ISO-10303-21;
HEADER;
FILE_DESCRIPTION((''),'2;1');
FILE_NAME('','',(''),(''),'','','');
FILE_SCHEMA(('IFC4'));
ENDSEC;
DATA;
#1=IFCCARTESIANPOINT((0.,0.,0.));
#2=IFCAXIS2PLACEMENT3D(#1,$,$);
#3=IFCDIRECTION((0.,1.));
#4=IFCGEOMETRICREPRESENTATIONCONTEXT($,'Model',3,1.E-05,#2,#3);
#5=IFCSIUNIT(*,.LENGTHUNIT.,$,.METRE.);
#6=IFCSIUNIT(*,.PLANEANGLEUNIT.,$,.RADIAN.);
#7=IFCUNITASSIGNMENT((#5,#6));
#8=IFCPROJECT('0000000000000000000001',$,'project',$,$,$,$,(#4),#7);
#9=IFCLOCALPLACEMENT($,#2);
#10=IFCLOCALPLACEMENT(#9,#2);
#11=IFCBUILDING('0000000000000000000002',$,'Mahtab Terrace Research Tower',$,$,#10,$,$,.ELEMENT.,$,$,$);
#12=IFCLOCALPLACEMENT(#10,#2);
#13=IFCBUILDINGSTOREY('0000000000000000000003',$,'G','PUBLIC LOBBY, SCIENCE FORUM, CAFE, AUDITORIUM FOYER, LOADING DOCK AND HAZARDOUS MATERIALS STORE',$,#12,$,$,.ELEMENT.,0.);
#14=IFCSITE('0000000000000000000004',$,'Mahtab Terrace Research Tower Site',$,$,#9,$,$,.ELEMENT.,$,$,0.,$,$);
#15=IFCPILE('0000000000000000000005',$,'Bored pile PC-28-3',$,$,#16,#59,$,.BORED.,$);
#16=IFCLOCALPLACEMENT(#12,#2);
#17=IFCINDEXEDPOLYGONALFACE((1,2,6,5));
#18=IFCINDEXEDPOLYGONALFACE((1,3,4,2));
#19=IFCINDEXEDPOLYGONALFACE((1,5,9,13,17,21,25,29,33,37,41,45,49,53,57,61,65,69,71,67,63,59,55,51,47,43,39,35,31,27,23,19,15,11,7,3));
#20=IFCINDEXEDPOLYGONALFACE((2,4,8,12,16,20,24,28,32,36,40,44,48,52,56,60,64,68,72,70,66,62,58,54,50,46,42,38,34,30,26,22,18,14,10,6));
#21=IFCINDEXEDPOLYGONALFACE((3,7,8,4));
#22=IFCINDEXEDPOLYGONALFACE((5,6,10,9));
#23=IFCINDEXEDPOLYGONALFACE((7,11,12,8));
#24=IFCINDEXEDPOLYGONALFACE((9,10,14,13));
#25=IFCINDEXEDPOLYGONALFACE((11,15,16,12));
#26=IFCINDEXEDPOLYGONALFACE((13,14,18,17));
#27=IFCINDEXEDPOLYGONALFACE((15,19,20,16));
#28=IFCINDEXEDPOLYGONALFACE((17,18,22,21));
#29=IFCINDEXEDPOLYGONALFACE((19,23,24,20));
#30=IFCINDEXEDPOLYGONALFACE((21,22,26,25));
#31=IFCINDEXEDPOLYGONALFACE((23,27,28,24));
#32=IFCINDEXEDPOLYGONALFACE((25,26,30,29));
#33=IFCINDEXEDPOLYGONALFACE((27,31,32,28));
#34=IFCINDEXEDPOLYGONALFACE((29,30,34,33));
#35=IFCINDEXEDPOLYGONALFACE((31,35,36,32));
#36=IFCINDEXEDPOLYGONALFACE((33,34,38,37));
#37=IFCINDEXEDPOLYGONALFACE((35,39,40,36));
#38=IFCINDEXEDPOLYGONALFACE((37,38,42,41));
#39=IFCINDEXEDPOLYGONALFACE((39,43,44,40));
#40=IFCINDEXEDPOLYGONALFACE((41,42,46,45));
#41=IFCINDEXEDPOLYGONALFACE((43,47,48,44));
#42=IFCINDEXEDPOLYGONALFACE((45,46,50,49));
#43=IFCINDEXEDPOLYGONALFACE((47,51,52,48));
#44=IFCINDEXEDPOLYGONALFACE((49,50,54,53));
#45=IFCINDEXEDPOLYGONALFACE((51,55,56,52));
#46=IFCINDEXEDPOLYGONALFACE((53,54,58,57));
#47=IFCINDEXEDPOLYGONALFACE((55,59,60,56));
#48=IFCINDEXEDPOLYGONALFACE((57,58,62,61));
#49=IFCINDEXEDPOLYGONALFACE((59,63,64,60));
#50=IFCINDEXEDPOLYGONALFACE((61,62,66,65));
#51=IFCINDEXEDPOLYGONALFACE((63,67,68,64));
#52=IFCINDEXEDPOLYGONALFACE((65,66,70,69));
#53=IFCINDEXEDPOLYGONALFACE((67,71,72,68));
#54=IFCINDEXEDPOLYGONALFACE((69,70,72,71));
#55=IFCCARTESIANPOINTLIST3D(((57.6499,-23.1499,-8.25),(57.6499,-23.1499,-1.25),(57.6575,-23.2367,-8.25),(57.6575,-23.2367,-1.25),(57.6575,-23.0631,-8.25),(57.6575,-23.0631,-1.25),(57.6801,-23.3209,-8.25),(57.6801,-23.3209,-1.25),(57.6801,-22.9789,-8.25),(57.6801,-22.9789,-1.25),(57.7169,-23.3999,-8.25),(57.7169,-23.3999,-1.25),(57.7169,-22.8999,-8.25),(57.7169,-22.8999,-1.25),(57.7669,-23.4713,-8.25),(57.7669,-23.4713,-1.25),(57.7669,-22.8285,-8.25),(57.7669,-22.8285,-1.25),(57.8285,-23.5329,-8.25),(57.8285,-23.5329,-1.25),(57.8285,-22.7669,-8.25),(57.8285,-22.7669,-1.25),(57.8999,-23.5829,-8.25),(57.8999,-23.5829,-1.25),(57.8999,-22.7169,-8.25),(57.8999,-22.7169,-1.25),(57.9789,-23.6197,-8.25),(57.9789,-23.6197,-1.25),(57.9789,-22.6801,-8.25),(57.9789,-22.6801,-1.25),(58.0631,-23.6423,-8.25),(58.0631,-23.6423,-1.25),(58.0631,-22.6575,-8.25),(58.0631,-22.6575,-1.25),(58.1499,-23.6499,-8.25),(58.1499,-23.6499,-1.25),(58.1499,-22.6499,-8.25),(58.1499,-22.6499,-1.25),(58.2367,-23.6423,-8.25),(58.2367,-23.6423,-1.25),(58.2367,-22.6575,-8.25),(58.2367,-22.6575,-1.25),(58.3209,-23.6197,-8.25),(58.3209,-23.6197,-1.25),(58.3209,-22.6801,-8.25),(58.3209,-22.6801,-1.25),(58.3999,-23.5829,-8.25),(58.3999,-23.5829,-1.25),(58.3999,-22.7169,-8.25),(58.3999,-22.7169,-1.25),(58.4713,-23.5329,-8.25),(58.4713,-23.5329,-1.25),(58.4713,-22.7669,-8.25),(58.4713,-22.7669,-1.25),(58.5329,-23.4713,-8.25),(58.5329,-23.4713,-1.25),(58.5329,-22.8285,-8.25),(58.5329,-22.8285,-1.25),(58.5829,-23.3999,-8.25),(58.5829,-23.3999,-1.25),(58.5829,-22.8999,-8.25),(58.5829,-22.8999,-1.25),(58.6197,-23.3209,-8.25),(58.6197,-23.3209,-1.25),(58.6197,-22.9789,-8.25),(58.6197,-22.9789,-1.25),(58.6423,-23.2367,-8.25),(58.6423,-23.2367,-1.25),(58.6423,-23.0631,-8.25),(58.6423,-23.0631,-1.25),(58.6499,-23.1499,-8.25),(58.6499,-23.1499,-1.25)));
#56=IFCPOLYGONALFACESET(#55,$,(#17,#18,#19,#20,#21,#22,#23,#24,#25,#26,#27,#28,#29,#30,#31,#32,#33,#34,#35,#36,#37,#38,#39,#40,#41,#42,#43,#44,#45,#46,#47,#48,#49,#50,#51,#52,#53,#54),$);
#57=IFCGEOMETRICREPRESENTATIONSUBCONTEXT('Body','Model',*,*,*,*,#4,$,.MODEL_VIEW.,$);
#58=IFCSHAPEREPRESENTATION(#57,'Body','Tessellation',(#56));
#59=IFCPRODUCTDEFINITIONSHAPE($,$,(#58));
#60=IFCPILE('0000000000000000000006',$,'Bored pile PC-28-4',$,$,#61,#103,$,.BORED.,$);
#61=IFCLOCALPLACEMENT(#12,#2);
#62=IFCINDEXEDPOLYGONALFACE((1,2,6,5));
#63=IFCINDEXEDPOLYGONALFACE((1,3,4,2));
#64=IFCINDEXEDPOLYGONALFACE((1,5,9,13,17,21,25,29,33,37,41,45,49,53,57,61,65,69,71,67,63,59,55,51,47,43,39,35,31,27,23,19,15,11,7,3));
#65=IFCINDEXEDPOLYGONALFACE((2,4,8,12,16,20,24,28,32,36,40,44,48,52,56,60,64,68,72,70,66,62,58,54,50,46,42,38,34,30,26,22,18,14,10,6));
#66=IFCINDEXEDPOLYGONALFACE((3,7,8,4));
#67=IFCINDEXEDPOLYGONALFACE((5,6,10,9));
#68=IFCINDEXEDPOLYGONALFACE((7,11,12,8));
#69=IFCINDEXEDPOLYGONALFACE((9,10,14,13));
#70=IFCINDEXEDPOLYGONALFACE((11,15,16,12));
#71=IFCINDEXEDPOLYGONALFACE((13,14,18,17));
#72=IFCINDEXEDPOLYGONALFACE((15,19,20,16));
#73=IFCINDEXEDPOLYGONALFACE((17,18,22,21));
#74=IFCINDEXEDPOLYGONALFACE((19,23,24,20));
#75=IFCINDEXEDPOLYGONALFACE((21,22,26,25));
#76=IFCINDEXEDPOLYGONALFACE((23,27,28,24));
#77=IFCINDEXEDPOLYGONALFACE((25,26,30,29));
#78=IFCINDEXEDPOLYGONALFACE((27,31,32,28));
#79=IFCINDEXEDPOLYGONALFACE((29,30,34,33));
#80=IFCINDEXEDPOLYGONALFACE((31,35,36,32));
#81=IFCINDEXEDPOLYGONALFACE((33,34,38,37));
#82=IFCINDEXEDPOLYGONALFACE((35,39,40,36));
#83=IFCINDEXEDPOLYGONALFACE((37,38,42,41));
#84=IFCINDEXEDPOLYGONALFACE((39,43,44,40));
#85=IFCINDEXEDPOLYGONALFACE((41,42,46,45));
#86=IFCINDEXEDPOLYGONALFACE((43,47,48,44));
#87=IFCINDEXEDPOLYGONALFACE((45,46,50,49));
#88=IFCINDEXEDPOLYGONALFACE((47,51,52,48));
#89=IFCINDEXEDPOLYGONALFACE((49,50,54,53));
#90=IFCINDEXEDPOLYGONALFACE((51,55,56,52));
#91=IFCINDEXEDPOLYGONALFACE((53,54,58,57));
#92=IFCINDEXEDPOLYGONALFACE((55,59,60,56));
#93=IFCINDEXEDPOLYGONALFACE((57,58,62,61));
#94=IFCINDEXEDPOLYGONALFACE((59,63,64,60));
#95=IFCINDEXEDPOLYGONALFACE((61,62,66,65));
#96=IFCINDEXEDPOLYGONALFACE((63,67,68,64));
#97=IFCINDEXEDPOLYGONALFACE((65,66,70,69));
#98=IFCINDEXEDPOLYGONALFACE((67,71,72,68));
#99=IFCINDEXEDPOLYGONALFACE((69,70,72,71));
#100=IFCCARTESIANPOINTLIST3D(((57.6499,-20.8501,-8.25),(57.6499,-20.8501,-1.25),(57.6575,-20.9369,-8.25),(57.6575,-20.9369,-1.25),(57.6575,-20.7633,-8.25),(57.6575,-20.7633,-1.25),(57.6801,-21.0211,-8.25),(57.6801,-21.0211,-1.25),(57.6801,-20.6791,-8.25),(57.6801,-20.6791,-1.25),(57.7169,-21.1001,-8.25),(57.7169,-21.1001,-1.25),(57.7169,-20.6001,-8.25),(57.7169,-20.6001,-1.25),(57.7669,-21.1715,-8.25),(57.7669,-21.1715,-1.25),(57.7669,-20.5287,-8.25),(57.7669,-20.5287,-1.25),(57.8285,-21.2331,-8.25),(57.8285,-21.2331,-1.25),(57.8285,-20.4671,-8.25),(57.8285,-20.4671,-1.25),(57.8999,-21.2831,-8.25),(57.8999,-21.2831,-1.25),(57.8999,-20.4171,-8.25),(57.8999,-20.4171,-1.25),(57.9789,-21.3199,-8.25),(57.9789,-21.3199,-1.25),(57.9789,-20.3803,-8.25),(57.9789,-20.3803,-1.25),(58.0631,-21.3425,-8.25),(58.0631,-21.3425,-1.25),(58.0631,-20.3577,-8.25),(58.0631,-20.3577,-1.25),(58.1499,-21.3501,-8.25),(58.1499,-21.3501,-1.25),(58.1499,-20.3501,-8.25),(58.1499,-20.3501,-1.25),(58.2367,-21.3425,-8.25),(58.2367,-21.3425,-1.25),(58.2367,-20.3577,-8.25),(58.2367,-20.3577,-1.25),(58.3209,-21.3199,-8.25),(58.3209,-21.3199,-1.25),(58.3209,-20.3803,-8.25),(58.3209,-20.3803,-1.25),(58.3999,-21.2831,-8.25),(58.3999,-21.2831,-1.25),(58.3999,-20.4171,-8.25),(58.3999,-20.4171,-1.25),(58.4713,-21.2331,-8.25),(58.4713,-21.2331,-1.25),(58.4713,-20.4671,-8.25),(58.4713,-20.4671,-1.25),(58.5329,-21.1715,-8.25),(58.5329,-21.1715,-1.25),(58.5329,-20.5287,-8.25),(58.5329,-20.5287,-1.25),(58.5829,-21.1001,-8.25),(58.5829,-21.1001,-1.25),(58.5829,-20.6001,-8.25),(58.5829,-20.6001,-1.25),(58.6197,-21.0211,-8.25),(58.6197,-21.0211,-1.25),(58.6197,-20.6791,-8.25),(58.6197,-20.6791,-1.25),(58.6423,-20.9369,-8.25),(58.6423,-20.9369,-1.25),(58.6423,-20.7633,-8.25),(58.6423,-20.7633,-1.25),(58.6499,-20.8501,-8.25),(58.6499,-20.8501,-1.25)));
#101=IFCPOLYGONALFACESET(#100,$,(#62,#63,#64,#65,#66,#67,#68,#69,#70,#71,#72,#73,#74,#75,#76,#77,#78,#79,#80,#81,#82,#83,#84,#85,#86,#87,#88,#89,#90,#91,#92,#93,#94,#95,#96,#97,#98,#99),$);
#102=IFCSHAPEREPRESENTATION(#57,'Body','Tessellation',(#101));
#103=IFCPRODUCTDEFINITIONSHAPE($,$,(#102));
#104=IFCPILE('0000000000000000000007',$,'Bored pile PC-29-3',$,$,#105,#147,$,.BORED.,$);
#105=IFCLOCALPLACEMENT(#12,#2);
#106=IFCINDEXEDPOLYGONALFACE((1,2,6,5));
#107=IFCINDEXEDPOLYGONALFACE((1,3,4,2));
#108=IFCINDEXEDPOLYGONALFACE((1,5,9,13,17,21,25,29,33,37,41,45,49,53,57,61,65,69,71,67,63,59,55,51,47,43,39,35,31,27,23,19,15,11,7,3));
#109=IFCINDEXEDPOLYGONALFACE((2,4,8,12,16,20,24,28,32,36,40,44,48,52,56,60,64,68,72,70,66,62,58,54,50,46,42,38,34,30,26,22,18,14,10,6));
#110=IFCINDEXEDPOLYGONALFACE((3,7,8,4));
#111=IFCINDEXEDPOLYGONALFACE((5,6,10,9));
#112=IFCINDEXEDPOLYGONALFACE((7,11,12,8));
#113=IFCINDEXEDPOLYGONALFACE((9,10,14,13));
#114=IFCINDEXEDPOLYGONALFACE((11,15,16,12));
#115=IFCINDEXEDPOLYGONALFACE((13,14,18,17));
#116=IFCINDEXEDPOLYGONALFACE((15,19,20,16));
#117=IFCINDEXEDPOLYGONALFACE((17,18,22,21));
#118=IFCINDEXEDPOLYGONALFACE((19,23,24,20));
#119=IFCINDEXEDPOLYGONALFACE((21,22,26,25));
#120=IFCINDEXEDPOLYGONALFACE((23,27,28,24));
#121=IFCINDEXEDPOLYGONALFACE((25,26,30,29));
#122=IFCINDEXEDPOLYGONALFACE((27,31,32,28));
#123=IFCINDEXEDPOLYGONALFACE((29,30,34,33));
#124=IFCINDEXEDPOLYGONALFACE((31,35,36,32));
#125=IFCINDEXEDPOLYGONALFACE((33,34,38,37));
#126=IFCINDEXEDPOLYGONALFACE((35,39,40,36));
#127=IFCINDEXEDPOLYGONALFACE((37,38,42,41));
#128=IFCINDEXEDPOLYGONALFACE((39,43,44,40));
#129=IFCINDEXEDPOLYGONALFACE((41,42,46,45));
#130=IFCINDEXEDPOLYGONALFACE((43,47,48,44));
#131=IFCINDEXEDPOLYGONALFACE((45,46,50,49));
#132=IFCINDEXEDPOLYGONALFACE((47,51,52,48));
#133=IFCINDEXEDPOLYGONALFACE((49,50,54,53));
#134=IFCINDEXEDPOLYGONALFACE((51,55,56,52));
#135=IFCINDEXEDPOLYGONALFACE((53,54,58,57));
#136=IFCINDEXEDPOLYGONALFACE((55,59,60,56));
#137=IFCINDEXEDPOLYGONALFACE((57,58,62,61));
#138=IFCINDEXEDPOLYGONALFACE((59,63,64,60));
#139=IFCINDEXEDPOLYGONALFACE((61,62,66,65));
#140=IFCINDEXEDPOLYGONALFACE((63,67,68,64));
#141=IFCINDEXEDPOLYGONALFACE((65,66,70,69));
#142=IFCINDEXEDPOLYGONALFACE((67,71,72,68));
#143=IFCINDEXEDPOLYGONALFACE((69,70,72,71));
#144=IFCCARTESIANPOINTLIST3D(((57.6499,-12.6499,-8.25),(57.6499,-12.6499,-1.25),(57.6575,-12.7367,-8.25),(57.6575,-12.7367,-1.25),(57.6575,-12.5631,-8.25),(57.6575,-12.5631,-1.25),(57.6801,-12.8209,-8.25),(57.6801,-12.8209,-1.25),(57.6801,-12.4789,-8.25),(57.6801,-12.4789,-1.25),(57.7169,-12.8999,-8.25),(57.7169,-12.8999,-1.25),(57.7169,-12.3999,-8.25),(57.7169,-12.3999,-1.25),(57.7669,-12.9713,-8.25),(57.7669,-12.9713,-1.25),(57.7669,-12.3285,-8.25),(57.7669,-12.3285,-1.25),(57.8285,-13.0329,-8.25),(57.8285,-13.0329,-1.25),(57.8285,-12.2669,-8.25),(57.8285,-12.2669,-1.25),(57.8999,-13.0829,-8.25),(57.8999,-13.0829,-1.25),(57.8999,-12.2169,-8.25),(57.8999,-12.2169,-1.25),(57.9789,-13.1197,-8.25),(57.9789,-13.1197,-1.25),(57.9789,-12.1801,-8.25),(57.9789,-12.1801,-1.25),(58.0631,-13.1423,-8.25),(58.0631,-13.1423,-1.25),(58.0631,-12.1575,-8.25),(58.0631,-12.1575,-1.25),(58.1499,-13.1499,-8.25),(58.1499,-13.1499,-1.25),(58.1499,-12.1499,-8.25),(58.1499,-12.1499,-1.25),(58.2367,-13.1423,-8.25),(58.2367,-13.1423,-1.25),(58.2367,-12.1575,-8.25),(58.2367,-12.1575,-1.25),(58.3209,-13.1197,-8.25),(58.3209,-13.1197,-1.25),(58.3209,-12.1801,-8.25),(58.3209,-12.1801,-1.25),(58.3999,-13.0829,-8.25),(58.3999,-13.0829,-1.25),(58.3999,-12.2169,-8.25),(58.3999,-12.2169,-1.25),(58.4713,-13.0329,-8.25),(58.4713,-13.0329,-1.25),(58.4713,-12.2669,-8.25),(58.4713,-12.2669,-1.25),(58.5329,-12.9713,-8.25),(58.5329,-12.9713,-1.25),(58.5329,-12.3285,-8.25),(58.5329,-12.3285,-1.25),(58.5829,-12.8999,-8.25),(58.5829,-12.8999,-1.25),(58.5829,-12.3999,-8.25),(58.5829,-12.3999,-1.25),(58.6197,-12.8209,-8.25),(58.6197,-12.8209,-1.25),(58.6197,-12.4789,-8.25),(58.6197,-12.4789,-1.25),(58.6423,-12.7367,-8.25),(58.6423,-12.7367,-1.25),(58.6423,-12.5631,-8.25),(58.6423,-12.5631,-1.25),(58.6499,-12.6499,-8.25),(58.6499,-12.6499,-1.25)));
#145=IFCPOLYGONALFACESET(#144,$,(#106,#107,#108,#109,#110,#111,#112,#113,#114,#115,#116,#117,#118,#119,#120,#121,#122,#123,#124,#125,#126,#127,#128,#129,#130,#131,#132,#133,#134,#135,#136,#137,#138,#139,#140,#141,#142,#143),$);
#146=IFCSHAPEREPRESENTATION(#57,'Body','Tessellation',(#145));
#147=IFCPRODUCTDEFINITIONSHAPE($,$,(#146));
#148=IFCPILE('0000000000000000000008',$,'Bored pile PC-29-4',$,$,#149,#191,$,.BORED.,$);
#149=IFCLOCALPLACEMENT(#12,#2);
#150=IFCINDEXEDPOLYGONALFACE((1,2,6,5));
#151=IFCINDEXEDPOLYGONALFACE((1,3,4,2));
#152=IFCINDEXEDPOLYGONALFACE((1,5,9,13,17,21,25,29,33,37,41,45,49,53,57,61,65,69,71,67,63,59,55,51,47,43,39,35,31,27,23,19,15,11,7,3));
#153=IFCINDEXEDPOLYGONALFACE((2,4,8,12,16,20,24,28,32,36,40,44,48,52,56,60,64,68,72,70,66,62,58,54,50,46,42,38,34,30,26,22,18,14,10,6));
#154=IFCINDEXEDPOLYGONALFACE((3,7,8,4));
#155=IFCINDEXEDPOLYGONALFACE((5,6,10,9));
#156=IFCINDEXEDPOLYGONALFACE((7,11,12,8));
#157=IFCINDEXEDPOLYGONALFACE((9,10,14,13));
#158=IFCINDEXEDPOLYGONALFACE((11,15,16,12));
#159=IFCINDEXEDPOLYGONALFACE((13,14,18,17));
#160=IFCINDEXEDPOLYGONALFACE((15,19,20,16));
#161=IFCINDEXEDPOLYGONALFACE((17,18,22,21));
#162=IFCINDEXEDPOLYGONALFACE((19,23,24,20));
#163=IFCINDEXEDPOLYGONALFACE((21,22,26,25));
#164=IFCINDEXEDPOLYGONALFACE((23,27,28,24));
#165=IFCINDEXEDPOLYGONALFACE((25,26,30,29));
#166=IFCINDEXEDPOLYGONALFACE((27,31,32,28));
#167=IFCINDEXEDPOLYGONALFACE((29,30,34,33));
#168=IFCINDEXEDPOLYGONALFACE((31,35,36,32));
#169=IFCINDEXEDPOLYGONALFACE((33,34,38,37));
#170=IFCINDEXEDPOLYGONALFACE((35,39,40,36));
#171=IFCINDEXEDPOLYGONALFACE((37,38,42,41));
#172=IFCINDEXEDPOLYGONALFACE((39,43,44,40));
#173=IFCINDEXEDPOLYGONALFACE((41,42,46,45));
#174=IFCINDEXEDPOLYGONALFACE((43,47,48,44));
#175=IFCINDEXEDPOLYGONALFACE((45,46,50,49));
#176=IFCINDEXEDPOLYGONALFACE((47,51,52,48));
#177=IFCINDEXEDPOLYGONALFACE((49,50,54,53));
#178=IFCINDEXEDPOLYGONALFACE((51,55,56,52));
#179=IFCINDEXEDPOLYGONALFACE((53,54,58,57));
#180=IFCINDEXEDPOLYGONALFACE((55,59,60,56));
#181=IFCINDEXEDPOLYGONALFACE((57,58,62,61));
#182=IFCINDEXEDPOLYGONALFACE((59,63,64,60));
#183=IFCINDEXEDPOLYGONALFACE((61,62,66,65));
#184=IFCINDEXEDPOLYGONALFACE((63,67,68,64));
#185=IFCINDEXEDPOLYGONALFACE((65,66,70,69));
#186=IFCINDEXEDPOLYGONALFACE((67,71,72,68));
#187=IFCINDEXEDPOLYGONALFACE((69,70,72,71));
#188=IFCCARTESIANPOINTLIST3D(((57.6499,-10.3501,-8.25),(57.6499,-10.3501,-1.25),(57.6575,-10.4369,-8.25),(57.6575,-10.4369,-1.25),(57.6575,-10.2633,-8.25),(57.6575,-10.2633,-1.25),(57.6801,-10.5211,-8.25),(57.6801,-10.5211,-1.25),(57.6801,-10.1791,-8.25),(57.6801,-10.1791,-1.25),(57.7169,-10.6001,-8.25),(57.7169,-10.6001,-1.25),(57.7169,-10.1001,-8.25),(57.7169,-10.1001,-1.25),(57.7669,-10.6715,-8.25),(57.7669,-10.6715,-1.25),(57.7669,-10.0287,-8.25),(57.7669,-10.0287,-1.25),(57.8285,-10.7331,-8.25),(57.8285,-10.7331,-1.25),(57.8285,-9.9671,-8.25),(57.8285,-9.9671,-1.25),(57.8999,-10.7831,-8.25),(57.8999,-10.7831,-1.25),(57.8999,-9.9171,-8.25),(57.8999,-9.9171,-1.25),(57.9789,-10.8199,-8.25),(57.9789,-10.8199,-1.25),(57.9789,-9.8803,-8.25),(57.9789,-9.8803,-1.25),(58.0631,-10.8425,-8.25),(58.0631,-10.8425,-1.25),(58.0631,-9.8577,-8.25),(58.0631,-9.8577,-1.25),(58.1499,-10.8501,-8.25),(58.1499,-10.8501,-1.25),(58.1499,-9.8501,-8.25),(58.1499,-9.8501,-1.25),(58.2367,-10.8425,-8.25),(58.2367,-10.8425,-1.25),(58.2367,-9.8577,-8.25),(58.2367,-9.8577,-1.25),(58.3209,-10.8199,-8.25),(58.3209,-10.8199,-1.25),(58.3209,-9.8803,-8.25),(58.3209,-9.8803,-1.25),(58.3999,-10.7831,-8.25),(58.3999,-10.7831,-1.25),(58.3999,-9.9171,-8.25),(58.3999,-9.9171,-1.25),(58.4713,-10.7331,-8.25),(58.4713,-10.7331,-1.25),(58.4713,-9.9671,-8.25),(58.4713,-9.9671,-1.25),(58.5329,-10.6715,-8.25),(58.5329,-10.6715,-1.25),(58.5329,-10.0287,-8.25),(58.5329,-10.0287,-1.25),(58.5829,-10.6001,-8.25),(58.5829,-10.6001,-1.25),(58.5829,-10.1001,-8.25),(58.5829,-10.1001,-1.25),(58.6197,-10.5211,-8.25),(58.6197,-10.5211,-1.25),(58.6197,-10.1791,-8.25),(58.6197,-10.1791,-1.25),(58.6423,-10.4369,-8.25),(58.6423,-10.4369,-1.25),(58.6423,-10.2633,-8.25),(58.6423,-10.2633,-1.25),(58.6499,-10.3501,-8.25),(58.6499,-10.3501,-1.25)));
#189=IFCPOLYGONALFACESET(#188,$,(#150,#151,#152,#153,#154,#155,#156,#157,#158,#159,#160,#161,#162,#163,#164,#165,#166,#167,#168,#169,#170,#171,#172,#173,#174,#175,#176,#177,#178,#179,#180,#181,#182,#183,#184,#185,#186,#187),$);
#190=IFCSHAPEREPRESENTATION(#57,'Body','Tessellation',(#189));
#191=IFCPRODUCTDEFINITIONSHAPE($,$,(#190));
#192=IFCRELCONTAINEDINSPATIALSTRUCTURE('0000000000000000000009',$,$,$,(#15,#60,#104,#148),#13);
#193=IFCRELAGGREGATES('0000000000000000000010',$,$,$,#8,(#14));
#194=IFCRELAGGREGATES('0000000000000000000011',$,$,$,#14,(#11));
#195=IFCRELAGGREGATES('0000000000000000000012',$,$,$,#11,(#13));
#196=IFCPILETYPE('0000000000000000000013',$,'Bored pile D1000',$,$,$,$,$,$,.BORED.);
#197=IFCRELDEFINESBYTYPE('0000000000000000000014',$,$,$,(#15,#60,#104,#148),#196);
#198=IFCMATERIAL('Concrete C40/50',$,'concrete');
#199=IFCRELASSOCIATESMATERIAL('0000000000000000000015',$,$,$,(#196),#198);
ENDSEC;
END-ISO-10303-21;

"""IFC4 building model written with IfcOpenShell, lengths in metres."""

from ifc_helpers import new_model, si_unit, direction, frame, origin, origin_2d, place, context, subcontext, project, spatial, circle, extrude, material, material_profile, profile_set, type_object, element, save


model = new_model("IFC4")

# Units and contexts
model_context = context("Model", 3, precision=1e-05, world=origin(), true_north=direction((0.0, 1.0)))
body_context = subcontext(model_context, "Body", "Model", "MODEL_VIEW")
ifc_project = project(units=[si_unit("LENGTHUNIT", "METRE"), si_unit("PLANEANGLEUNIT", "RADIAN")], contexts=[model_context])

# Site, building, storey
site_placement = place(None, origin())
site = spatial("IfcSite", under=ifc_project, at=site_placement, Name="Mahtab Terrace Research Tower Site", CompositionType="ELEMENT", RefElevation=0.0)
building_placement = place(site_placement, origin())
building = spatial("IfcBuilding", under=site, at=building_placement, Name="Mahtab Terrace Research Tower", CompositionType="ELEMENT")
storey_placement = place(building_placement, origin())
storey = spatial("IfcBuildingStorey", under=building, at=storey_placement, Name="G", Description="PUBLIC LOBBY, SCIENCE FORUM, CAFE, AUDITORIUM FOYER, LOADING DOCK AND HAZARDOUS MATERIALS STORE", CompositionType="ELEMENT", Elevation=0.0)

# Piles
ifc_material_1 = material(Name="Concrete C40/50", Category="concrete")
ifc_material_profile_1 = material_profile(ifc_material_1, circle(Radius=0.5, at=origin_2d()), Name="Bored pile D1000")
ifc_profile_set_1 = profile_set([ifc_material_profile_1], Name="Concrete C40/50")
pile_type = type_object("IfcPileType", Name="Bored pile D1000", PredefinedType="BORED", material=ifc_profile_set_1)
for number, where, z_axis, x_axis, name in (
    (1, (58.1499, -23.1499, -1.25), (0.0, 0.0, -1.0), (1.0, 0.0, 0.0), "Bored pile PC-28-3"),
    (2, (58.1499, -20.8501, -1.25), (0.0, 0.0, -1.0), (1.0, 0.0, 0.0), "Bored pile PC-28-4"),
    (3, (58.1499, -12.6499, -1.25), (0.0, 0.0, -1.0), (1.0, 0.0, 0.0), "Bored pile PC-29-3"),
    (4, (58.1499, -10.3501, -1.25), (0.0, 0.0, -1.0), (1.0, 0.0, 0.0), "Bored pile PC-29-4"),
):
    element("IfcPile", number, at=place(storey_placement, frame(where, z_axis=z_axis, x_axis=x_axis)), inside=storey, type_object=pile_type, Name=name, PredefinedType="BORED", context=body_context, shape_type="SweptSolid", body=[
        extrude(circle(Radius=0.5, at=origin_2d()), origin(), (0.0, 0.0, 1.0), 7.0),
    ])

save(model, "model.ifc")
